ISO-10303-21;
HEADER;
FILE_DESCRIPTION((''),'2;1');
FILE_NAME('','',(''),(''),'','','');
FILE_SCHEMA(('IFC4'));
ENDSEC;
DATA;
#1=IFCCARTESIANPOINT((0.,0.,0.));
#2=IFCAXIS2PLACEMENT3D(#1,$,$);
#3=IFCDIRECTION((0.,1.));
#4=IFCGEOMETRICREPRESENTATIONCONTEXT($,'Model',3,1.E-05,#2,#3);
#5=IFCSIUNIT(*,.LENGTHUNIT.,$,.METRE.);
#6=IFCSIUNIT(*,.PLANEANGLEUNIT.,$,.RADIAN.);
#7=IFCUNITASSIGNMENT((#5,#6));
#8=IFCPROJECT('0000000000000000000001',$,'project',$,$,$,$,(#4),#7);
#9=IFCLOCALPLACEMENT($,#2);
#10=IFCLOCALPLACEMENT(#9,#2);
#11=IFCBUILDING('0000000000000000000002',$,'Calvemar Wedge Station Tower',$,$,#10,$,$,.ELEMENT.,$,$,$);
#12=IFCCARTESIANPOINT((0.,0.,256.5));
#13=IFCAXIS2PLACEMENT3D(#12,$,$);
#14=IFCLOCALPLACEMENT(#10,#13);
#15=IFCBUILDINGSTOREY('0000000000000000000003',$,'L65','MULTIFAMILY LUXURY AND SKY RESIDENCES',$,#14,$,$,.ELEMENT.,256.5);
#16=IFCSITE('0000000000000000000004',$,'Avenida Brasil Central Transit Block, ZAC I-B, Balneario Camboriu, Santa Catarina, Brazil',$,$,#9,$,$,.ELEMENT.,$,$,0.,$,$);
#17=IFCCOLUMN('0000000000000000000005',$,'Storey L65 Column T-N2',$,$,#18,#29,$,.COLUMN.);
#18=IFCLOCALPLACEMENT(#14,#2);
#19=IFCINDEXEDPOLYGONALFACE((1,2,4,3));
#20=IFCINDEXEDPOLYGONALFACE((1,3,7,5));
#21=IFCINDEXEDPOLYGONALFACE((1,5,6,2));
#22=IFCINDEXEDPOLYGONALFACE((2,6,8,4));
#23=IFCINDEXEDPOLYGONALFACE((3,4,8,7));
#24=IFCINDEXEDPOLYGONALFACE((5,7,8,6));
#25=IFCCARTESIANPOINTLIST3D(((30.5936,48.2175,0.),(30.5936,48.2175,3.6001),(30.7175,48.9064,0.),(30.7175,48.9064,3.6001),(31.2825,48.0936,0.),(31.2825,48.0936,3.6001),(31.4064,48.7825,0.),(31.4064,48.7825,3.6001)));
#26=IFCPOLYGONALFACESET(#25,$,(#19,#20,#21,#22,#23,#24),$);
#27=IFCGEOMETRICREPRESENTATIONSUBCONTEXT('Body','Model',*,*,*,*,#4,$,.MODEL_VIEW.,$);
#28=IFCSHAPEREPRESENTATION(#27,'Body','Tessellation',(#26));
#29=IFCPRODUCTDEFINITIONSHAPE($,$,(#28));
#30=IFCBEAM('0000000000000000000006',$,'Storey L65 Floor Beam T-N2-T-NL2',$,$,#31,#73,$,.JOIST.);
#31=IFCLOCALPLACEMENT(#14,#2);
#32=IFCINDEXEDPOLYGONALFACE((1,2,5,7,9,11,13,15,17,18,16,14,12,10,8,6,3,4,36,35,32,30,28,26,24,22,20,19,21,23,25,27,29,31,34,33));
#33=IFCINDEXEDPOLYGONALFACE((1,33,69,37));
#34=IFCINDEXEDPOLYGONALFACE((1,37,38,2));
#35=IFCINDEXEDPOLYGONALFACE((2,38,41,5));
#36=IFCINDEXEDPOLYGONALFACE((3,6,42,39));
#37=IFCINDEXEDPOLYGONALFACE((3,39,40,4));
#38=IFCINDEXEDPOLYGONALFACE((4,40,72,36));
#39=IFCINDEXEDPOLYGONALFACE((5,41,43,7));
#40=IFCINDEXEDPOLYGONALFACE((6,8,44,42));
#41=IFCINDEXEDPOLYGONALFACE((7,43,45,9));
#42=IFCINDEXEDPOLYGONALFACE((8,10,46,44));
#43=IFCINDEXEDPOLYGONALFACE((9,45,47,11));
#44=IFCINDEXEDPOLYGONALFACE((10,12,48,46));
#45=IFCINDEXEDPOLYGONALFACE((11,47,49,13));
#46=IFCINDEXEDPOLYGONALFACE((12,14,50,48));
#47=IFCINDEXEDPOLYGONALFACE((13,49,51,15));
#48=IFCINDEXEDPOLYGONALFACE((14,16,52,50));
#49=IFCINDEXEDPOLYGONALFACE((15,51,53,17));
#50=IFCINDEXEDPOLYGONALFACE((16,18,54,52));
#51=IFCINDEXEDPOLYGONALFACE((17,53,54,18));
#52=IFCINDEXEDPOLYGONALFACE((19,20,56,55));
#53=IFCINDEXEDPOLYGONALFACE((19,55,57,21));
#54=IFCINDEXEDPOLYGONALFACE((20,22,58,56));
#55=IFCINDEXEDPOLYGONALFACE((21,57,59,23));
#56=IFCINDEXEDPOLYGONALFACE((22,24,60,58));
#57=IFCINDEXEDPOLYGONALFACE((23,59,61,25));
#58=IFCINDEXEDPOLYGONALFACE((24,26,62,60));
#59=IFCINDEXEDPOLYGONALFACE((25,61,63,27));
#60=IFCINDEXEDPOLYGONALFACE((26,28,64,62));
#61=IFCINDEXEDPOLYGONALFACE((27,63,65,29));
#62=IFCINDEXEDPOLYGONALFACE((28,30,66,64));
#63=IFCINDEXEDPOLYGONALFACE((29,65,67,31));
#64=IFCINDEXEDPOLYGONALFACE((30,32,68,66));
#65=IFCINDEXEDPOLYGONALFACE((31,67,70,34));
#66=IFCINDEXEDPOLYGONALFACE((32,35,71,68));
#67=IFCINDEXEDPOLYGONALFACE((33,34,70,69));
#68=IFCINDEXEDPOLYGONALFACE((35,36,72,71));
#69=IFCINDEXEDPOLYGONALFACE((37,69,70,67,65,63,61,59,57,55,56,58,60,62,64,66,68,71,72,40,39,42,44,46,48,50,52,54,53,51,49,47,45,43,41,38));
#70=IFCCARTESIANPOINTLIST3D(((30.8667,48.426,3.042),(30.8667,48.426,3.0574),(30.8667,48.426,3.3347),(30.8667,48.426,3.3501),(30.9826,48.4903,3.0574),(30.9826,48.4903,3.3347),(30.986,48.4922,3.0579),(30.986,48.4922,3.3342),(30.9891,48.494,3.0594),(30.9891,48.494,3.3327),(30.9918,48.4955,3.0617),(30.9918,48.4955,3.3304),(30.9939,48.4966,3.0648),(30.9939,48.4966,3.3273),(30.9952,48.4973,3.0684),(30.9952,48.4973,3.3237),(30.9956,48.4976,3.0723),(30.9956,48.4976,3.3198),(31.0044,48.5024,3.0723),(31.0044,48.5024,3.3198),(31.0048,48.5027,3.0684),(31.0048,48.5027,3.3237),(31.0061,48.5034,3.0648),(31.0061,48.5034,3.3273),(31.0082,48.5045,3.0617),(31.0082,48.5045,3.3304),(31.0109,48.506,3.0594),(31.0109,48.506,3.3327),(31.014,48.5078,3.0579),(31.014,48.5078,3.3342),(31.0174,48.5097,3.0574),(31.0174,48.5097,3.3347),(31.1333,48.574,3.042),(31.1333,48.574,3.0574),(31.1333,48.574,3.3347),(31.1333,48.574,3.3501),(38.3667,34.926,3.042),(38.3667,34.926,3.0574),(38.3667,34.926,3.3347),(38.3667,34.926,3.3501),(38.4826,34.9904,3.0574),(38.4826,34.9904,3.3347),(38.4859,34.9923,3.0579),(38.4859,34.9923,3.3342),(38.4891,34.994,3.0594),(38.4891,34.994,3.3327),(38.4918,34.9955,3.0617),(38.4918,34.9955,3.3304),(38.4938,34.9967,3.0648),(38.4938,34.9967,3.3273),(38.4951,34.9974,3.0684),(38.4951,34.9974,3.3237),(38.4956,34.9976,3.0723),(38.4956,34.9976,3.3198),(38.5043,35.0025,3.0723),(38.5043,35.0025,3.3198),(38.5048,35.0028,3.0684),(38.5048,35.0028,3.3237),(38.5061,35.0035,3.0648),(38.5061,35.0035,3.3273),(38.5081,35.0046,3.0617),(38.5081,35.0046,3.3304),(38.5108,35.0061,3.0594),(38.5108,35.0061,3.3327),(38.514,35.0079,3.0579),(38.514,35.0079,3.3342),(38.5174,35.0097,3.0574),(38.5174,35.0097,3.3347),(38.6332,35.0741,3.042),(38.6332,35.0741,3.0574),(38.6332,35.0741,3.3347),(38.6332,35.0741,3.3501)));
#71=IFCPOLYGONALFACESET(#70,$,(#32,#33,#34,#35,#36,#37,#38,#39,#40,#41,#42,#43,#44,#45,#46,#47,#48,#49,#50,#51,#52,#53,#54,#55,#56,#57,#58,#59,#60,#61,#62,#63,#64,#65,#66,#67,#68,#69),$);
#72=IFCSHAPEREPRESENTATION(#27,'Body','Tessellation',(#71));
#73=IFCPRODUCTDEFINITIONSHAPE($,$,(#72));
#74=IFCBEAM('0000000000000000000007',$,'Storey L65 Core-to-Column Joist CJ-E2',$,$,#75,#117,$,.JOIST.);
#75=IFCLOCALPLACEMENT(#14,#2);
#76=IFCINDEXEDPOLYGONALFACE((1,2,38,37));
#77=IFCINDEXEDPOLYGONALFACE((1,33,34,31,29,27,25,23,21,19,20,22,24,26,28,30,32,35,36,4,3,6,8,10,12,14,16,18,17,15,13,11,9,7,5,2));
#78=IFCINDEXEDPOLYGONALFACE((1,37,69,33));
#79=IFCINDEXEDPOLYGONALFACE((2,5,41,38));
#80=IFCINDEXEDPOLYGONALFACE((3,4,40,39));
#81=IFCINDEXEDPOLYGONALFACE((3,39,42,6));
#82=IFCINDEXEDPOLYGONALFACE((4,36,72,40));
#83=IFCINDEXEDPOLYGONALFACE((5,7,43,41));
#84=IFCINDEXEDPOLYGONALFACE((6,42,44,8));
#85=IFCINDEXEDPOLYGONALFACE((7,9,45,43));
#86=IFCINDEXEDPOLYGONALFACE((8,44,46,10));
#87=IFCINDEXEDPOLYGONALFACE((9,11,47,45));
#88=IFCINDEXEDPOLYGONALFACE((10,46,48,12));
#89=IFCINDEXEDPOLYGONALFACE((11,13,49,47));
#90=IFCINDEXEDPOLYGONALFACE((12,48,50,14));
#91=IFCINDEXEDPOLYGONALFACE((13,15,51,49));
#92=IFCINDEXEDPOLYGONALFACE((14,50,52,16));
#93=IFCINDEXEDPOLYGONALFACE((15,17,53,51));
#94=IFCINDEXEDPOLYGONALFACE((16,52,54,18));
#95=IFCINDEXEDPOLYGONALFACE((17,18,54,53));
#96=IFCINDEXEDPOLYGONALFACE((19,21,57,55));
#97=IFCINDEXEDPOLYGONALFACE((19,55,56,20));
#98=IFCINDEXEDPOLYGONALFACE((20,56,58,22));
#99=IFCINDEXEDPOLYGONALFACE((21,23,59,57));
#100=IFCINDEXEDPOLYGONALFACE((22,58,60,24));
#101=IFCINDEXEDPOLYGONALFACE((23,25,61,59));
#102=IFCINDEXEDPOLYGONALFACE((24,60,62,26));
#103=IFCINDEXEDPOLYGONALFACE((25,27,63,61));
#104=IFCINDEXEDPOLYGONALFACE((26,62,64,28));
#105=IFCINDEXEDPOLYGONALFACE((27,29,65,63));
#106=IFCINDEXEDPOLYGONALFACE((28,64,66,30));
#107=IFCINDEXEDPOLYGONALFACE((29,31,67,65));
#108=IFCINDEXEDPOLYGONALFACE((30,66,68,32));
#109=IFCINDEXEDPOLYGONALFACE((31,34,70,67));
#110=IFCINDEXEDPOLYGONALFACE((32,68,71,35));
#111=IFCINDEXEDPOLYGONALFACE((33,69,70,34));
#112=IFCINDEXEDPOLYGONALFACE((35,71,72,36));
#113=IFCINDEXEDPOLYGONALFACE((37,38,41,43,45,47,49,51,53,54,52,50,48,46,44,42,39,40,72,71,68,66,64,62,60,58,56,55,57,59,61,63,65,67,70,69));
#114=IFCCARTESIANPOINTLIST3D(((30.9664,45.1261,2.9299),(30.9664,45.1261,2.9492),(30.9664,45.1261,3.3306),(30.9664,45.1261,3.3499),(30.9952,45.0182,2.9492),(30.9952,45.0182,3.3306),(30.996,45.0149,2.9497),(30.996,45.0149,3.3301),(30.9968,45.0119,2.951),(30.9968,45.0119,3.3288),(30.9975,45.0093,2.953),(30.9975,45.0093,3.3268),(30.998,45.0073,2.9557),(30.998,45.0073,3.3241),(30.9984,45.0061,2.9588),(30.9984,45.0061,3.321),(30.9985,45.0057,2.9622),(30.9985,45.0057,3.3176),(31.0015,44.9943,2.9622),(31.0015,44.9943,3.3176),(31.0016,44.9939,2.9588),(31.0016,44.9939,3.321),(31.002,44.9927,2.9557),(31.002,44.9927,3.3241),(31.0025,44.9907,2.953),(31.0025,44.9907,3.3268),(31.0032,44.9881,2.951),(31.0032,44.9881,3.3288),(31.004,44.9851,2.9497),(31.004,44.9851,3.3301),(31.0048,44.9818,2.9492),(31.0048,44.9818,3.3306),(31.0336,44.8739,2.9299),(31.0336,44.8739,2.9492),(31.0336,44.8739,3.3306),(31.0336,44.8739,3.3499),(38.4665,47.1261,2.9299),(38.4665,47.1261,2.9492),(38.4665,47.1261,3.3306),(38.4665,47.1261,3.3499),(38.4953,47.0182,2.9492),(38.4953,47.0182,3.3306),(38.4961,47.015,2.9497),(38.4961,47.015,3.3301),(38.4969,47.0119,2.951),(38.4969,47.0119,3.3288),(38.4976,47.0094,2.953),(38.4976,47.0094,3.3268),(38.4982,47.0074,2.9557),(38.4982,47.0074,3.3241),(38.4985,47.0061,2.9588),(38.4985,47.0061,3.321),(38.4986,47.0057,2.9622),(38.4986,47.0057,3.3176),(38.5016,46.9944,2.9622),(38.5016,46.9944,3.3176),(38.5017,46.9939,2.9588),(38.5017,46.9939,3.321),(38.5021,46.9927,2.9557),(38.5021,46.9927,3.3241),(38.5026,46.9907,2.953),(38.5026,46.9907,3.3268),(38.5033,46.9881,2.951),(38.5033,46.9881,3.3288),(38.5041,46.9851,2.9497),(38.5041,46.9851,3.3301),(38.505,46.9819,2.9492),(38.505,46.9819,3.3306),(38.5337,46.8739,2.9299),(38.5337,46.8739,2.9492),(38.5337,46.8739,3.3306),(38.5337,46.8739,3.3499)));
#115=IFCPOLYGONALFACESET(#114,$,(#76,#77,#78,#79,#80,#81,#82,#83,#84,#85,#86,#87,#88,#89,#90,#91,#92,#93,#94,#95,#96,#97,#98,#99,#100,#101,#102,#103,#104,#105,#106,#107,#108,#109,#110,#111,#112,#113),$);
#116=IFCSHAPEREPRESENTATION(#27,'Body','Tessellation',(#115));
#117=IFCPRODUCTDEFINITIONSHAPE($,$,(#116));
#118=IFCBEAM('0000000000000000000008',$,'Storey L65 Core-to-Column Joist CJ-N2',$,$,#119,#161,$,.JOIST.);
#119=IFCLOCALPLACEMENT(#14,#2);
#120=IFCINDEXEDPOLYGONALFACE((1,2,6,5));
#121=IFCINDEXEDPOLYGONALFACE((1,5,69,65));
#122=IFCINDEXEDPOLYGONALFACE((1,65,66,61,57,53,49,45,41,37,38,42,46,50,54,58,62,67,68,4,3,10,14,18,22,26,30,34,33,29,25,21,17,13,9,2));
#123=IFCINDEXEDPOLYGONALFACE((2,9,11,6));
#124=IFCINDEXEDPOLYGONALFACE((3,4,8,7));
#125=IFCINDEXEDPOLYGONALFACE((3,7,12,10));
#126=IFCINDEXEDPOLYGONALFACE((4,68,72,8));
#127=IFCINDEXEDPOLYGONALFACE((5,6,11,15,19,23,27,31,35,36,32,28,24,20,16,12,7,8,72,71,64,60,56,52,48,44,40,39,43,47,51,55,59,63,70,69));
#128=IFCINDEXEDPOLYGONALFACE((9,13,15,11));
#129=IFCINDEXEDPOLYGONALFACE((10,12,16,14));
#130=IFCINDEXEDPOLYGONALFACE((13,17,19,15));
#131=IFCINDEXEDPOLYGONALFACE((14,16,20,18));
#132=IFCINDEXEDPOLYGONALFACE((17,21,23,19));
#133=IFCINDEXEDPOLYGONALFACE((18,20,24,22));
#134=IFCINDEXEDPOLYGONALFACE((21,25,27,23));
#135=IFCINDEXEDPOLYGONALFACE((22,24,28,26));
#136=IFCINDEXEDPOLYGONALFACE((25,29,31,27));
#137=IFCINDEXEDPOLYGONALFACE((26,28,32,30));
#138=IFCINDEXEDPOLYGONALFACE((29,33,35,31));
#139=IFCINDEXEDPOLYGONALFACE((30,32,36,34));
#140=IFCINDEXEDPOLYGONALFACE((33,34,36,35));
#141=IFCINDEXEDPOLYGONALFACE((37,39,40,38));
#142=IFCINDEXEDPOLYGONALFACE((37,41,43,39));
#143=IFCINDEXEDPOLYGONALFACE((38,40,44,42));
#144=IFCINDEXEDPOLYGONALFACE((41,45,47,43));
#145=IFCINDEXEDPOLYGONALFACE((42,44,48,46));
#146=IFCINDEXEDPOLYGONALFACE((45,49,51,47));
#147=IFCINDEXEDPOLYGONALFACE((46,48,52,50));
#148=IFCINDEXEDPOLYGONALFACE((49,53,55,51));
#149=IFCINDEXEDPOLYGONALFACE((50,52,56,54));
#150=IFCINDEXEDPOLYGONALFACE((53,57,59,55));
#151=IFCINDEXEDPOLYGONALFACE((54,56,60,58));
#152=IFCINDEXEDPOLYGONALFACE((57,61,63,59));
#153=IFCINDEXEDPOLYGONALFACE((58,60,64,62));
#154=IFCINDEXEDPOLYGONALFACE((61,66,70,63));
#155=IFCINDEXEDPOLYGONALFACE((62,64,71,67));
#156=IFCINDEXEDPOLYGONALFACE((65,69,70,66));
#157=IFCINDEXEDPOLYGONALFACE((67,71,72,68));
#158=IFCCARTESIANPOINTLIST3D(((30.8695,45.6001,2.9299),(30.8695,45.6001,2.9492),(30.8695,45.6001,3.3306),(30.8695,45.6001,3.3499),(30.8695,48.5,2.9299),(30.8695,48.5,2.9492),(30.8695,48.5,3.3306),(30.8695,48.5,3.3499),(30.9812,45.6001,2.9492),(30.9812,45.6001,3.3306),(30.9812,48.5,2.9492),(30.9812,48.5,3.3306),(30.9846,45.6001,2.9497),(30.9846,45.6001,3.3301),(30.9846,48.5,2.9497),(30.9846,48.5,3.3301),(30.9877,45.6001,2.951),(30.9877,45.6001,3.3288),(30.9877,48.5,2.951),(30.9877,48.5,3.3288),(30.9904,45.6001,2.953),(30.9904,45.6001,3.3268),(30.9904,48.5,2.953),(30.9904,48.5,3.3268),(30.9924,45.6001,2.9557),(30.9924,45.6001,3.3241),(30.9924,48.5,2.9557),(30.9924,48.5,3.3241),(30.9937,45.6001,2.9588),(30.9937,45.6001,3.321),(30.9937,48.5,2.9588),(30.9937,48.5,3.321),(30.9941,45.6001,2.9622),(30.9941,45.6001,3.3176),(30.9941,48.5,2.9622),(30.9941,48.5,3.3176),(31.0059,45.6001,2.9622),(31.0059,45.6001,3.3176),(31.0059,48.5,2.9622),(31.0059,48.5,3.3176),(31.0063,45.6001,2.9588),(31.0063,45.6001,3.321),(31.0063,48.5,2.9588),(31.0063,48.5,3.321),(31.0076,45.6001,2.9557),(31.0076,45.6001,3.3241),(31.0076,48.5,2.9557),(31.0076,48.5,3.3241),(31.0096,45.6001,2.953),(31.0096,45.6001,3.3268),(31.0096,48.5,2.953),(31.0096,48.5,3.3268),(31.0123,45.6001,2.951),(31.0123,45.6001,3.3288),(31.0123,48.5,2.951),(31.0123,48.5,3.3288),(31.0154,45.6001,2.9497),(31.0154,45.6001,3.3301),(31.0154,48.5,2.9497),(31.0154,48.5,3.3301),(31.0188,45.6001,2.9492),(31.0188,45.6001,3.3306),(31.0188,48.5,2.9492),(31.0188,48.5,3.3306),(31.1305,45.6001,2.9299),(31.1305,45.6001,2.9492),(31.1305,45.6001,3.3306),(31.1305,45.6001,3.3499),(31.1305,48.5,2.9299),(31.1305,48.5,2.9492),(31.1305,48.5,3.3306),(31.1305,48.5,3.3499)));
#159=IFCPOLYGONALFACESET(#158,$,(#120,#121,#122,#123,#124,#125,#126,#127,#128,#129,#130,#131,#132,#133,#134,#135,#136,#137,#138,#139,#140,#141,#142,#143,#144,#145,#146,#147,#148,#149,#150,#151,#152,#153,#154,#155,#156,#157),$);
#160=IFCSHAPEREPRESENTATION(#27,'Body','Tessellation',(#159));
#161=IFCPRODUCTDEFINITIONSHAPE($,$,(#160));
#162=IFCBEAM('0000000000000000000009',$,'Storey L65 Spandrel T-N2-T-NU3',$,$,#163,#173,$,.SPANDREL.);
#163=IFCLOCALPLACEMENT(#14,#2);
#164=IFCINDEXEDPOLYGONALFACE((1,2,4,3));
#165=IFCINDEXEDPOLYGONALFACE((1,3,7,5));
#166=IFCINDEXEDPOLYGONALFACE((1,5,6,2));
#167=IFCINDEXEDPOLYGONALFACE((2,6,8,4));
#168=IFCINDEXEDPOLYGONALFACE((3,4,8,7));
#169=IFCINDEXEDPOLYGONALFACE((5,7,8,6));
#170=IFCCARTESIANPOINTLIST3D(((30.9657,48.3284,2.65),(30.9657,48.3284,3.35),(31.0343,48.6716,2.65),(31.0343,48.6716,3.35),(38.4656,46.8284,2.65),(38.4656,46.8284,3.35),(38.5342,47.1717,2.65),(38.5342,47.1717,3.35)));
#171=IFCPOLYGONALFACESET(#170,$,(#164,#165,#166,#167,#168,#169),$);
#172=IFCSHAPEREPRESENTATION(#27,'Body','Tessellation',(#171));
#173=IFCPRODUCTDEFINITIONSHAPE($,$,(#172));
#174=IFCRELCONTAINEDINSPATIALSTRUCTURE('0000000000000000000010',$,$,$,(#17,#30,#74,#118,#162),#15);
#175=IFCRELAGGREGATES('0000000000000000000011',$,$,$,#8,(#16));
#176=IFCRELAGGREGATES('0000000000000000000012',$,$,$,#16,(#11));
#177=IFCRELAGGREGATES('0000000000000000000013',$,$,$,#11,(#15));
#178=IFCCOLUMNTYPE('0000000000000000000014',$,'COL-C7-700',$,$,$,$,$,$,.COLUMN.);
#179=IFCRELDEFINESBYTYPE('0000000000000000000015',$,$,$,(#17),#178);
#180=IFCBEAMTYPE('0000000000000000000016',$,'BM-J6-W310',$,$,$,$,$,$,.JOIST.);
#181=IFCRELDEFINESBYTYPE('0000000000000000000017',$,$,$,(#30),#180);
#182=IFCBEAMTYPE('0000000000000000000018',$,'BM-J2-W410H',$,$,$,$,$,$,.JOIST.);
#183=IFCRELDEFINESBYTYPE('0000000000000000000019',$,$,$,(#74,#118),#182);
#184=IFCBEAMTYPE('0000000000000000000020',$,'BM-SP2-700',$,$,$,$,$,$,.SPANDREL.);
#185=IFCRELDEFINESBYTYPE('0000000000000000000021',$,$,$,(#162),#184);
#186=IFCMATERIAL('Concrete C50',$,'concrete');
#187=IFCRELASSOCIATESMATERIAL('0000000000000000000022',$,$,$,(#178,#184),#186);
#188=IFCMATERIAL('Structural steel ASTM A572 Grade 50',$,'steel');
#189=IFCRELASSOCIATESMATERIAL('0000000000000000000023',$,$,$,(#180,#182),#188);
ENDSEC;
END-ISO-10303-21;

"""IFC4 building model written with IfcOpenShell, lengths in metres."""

from ifc_helpers import new_model, si_unit, direction, frame, origin, origin_2d, place, context, subcontext, project, spatial, rectangle, i_section, extrude, source, transform, mapped, material, material_profile, profile_set, type_object, element, save


model = new_model("IFC4")

# Units and contexts
model_context = context("Model", 3, precision=1e-05, world=origin(), true_north=direction((0.0, 1.0)))
body_context = subcontext(model_context, "Body", "Model", "MODEL_VIEW")
ifc_project = project(units=[si_unit("LENGTHUNIT", "METRE"), si_unit("PLANEANGLEUNIT", "RADIAN")], contexts=[model_context])

# Site, building, storey
site_placement = place(None, origin())
site = spatial("IfcSite", under=ifc_project, at=site_placement, Name="Avenida Brasil Central Transit Block, ZAC I-B, Balneario Camboriu, Santa Catarina, Brazil", CompositionType="ELEMENT", RefElevation=0.0)
building_placement = place(site_placement, origin())
building = spatial("IfcBuilding", under=site, at=building_placement, Name="Calvemar Wedge Station Tower", CompositionType="ELEMENT")
storey_placement = place(building_placement, frame((0.0, 0.0, 256.5)))
storey = spatial("IfcBuildingStorey", under=building, at=storey_placement, Name="L65", Description="MULTIFAMILY LUXURY AND SKY RESIDENCES", CompositionType="ELEMENT", Elevation=256.5)

# Column
ifc_material_1 = material(Name="Concrete C50", Category="concrete")
ifc_material_profile_1 = material_profile(ifc_material_1, rectangle(XDim=0.7, YDim=0.7, at=origin_2d()), Name="RC700x700")
ifc_profile_set_1 = profile_set([ifc_material_profile_1], Name="Concrete C50")
column_type = type_object("IfcColumnType", Name="COL-C7-700", PredefinedType="COLUMN", material=ifc_profile_set_1)
shared_shape_1 = source(origin(), body_context, "Body", "SweptSolid", [
    extrude(rectangle(XDim=0.7, YDim=0.7, at=origin_2d()), origin(), (0.0, 0.0, 1.0), 3.6001),
])
column_placement = place(storey_placement, frame((31.0, 48.5, 0.0), z_axis=(0.0, 0.0, 1.0), x_axis=(0.984196, -0.177085, 0.0)))
element("IfcColumn", 1, at=column_placement, inside=storey, type_object=column_type, Name="Storey L65 Column T-N2", PredefinedType="COLUMN", context=body_context, shape_type="MappedRepresentation", body=[
    mapped(shared_shape_1, transform((0.0, 0.0, 0.0), scale=1.0)),
])

# Beams
ifc_material_2 = material(Name="Structural steel ASTM A572 Grade 50", Category="steel")
ifc_material_profile_2 = material_profile(ifc_material_2, i_section(OverallWidth=0.3049, OverallDepth=0.3081, WebThickness=0.01, FlangeThickness=0.0154, FilletRadius=0.0149, at=origin_2d()), Name="W310x97")
ifc_profile_set_2 = profile_set([ifc_material_profile_2], Name="Structural steel ASTM A572 Grade 50")
beam_type_1 = type_object("IfcBeamType", Name="BM-J6-W310", PredefinedType="JOIST", material=ifc_profile_set_2)
shared_shape_2 = source(origin(), body_context, "Body", "SweptSolid", [
    extrude(i_section(OverallWidth=0.3049, OverallDepth=0.3081, WebThickness=0.01, FlangeThickness=0.0154, FilletRadius=0.0149, at=origin_2d()), origin(), (0.0, 0.0, 1.0), 15.4434),
])
beam_1_placement = place(storey_placement, frame((31.0, 48.5, 3.196), z_axis=(0.485643, -0.874157, 0.0), x_axis=(0.874157, 0.485643, 0.0)))
element("IfcBeam", 2, at=beam_1_placement, inside=storey, type_object=beam_type_1, Name="Storey L65 Floor Beam T-N2-T-NL2", PredefinedType="JOIST", context=body_context, shape_type="MappedRepresentation", body=[
    mapped(shared_shape_2, transform((0.0, 0.0, 0.0), scale=1.0)),
])
ifc_material_profile_3 = material_profile(ifc_material_2, i_section(OverallWidth=0.261, OverallDepth=0.4199, WebThickness=0.0117, FlangeThickness=0.0193, FilletRadius=0.0129, at=origin_2d()), Name="W410x114")
ifc_profile_set_3 = profile_set([ifc_material_profile_3], Name="Structural steel ASTM A572 Grade 50")
beam_type_2 = type_object("IfcBeamType", Name="BM-J2-W410H", PredefinedType="JOIST", material=ifc_profile_set_3)
shared_shape_3 = source(origin(), body_context, "Body", "SweptSolid", [
    extrude(i_section(OverallWidth=0.261, OverallDepth=0.4199, WebThickness=0.0117, FlangeThickness=0.0193, FilletRadius=0.0129, at=origin_2d()), origin(), (0.0, 0.0, 1.0), 7.7622),
])
beam_2_placement = place(storey_placement, frame((31.0, 45.0, 3.1399), z_axis=(0.966235, 0.257663, 0.0), x_axis=(-0.257663, 0.966235, 0.0)))
element("IfcBeam", 3, at=beam_2_placement, inside=storey, type_object=beam_type_2, Name="Storey L65 Core-to-Column Joist CJ-E2", PredefinedType="JOIST", context=body_context, shape_type="MappedRepresentation", body=[
    mapped(shared_shape_3, transform((0.0, 0.0, 0.0), scale=1.0)),
])
shared_shape_4 = source(origin(), body_context, "Body", "SweptSolid", [
    extrude(i_section(OverallWidth=0.261, OverallDepth=0.4199, WebThickness=0.0117, FlangeThickness=0.0193, FilletRadius=0.0129, at=origin_2d()), origin(), (0.0, 0.0, 1.0), 2.8999),
])
beam_3_placement = place(storey_placement, frame((31.0, 45.6001, 3.1399), z_axis=(0.0, 1.0, 0.0), x_axis=(-1.0, 0.0, 0.0)))
element("IfcBeam", 4, at=beam_3_placement, inside=storey, type_object=beam_type_2, Name="Storey L65 Core-to-Column Joist CJ-N2", PredefinedType="JOIST", context=body_context, shape_type="MappedRepresentation", body=[
    mapped(shared_shape_4, transform((0.0, 0.0, 0.0), scale=1.0)),
])
ifc_material_profile_4 = material_profile(ifc_material_1, rectangle(XDim=0.3501, YDim=0.7, at=origin_2d()), Name="RC350x700")
ifc_profile_set_4 = profile_set([ifc_material_profile_4], Name="Concrete C50")
beam_type_3 = type_object("IfcBeamType", Name="BM-SP2-700", PredefinedType="SPANDREL", material=ifc_profile_set_4)
shared_shape_5 = source(origin(), body_context, "Body", "SweptSolid", [
    extrude(rectangle(XDim=0.3501, YDim=0.7, at=origin_2d()), origin(), (0.0, 0.0, 1.0), 7.6484),
])
beam_4_placement = place(storey_placement, frame((31.0, 48.5, 3.0), z_axis=(0.980581, -0.196116, 0.0), x_axis=(0.196116, 0.980581, 0.0)))
element("IfcBeam", 5, at=beam_4_placement, inside=storey, type_object=beam_type_3, Name="Storey L65 Spandrel T-N2-T-NU3", PredefinedType="SPANDREL", context=body_context, shape_type="MappedRepresentation", body=[
    mapped(shared_shape_5, transform((0.0, 0.0, 0.0), scale=1.0)),
])

save(model, "model.ifc")
